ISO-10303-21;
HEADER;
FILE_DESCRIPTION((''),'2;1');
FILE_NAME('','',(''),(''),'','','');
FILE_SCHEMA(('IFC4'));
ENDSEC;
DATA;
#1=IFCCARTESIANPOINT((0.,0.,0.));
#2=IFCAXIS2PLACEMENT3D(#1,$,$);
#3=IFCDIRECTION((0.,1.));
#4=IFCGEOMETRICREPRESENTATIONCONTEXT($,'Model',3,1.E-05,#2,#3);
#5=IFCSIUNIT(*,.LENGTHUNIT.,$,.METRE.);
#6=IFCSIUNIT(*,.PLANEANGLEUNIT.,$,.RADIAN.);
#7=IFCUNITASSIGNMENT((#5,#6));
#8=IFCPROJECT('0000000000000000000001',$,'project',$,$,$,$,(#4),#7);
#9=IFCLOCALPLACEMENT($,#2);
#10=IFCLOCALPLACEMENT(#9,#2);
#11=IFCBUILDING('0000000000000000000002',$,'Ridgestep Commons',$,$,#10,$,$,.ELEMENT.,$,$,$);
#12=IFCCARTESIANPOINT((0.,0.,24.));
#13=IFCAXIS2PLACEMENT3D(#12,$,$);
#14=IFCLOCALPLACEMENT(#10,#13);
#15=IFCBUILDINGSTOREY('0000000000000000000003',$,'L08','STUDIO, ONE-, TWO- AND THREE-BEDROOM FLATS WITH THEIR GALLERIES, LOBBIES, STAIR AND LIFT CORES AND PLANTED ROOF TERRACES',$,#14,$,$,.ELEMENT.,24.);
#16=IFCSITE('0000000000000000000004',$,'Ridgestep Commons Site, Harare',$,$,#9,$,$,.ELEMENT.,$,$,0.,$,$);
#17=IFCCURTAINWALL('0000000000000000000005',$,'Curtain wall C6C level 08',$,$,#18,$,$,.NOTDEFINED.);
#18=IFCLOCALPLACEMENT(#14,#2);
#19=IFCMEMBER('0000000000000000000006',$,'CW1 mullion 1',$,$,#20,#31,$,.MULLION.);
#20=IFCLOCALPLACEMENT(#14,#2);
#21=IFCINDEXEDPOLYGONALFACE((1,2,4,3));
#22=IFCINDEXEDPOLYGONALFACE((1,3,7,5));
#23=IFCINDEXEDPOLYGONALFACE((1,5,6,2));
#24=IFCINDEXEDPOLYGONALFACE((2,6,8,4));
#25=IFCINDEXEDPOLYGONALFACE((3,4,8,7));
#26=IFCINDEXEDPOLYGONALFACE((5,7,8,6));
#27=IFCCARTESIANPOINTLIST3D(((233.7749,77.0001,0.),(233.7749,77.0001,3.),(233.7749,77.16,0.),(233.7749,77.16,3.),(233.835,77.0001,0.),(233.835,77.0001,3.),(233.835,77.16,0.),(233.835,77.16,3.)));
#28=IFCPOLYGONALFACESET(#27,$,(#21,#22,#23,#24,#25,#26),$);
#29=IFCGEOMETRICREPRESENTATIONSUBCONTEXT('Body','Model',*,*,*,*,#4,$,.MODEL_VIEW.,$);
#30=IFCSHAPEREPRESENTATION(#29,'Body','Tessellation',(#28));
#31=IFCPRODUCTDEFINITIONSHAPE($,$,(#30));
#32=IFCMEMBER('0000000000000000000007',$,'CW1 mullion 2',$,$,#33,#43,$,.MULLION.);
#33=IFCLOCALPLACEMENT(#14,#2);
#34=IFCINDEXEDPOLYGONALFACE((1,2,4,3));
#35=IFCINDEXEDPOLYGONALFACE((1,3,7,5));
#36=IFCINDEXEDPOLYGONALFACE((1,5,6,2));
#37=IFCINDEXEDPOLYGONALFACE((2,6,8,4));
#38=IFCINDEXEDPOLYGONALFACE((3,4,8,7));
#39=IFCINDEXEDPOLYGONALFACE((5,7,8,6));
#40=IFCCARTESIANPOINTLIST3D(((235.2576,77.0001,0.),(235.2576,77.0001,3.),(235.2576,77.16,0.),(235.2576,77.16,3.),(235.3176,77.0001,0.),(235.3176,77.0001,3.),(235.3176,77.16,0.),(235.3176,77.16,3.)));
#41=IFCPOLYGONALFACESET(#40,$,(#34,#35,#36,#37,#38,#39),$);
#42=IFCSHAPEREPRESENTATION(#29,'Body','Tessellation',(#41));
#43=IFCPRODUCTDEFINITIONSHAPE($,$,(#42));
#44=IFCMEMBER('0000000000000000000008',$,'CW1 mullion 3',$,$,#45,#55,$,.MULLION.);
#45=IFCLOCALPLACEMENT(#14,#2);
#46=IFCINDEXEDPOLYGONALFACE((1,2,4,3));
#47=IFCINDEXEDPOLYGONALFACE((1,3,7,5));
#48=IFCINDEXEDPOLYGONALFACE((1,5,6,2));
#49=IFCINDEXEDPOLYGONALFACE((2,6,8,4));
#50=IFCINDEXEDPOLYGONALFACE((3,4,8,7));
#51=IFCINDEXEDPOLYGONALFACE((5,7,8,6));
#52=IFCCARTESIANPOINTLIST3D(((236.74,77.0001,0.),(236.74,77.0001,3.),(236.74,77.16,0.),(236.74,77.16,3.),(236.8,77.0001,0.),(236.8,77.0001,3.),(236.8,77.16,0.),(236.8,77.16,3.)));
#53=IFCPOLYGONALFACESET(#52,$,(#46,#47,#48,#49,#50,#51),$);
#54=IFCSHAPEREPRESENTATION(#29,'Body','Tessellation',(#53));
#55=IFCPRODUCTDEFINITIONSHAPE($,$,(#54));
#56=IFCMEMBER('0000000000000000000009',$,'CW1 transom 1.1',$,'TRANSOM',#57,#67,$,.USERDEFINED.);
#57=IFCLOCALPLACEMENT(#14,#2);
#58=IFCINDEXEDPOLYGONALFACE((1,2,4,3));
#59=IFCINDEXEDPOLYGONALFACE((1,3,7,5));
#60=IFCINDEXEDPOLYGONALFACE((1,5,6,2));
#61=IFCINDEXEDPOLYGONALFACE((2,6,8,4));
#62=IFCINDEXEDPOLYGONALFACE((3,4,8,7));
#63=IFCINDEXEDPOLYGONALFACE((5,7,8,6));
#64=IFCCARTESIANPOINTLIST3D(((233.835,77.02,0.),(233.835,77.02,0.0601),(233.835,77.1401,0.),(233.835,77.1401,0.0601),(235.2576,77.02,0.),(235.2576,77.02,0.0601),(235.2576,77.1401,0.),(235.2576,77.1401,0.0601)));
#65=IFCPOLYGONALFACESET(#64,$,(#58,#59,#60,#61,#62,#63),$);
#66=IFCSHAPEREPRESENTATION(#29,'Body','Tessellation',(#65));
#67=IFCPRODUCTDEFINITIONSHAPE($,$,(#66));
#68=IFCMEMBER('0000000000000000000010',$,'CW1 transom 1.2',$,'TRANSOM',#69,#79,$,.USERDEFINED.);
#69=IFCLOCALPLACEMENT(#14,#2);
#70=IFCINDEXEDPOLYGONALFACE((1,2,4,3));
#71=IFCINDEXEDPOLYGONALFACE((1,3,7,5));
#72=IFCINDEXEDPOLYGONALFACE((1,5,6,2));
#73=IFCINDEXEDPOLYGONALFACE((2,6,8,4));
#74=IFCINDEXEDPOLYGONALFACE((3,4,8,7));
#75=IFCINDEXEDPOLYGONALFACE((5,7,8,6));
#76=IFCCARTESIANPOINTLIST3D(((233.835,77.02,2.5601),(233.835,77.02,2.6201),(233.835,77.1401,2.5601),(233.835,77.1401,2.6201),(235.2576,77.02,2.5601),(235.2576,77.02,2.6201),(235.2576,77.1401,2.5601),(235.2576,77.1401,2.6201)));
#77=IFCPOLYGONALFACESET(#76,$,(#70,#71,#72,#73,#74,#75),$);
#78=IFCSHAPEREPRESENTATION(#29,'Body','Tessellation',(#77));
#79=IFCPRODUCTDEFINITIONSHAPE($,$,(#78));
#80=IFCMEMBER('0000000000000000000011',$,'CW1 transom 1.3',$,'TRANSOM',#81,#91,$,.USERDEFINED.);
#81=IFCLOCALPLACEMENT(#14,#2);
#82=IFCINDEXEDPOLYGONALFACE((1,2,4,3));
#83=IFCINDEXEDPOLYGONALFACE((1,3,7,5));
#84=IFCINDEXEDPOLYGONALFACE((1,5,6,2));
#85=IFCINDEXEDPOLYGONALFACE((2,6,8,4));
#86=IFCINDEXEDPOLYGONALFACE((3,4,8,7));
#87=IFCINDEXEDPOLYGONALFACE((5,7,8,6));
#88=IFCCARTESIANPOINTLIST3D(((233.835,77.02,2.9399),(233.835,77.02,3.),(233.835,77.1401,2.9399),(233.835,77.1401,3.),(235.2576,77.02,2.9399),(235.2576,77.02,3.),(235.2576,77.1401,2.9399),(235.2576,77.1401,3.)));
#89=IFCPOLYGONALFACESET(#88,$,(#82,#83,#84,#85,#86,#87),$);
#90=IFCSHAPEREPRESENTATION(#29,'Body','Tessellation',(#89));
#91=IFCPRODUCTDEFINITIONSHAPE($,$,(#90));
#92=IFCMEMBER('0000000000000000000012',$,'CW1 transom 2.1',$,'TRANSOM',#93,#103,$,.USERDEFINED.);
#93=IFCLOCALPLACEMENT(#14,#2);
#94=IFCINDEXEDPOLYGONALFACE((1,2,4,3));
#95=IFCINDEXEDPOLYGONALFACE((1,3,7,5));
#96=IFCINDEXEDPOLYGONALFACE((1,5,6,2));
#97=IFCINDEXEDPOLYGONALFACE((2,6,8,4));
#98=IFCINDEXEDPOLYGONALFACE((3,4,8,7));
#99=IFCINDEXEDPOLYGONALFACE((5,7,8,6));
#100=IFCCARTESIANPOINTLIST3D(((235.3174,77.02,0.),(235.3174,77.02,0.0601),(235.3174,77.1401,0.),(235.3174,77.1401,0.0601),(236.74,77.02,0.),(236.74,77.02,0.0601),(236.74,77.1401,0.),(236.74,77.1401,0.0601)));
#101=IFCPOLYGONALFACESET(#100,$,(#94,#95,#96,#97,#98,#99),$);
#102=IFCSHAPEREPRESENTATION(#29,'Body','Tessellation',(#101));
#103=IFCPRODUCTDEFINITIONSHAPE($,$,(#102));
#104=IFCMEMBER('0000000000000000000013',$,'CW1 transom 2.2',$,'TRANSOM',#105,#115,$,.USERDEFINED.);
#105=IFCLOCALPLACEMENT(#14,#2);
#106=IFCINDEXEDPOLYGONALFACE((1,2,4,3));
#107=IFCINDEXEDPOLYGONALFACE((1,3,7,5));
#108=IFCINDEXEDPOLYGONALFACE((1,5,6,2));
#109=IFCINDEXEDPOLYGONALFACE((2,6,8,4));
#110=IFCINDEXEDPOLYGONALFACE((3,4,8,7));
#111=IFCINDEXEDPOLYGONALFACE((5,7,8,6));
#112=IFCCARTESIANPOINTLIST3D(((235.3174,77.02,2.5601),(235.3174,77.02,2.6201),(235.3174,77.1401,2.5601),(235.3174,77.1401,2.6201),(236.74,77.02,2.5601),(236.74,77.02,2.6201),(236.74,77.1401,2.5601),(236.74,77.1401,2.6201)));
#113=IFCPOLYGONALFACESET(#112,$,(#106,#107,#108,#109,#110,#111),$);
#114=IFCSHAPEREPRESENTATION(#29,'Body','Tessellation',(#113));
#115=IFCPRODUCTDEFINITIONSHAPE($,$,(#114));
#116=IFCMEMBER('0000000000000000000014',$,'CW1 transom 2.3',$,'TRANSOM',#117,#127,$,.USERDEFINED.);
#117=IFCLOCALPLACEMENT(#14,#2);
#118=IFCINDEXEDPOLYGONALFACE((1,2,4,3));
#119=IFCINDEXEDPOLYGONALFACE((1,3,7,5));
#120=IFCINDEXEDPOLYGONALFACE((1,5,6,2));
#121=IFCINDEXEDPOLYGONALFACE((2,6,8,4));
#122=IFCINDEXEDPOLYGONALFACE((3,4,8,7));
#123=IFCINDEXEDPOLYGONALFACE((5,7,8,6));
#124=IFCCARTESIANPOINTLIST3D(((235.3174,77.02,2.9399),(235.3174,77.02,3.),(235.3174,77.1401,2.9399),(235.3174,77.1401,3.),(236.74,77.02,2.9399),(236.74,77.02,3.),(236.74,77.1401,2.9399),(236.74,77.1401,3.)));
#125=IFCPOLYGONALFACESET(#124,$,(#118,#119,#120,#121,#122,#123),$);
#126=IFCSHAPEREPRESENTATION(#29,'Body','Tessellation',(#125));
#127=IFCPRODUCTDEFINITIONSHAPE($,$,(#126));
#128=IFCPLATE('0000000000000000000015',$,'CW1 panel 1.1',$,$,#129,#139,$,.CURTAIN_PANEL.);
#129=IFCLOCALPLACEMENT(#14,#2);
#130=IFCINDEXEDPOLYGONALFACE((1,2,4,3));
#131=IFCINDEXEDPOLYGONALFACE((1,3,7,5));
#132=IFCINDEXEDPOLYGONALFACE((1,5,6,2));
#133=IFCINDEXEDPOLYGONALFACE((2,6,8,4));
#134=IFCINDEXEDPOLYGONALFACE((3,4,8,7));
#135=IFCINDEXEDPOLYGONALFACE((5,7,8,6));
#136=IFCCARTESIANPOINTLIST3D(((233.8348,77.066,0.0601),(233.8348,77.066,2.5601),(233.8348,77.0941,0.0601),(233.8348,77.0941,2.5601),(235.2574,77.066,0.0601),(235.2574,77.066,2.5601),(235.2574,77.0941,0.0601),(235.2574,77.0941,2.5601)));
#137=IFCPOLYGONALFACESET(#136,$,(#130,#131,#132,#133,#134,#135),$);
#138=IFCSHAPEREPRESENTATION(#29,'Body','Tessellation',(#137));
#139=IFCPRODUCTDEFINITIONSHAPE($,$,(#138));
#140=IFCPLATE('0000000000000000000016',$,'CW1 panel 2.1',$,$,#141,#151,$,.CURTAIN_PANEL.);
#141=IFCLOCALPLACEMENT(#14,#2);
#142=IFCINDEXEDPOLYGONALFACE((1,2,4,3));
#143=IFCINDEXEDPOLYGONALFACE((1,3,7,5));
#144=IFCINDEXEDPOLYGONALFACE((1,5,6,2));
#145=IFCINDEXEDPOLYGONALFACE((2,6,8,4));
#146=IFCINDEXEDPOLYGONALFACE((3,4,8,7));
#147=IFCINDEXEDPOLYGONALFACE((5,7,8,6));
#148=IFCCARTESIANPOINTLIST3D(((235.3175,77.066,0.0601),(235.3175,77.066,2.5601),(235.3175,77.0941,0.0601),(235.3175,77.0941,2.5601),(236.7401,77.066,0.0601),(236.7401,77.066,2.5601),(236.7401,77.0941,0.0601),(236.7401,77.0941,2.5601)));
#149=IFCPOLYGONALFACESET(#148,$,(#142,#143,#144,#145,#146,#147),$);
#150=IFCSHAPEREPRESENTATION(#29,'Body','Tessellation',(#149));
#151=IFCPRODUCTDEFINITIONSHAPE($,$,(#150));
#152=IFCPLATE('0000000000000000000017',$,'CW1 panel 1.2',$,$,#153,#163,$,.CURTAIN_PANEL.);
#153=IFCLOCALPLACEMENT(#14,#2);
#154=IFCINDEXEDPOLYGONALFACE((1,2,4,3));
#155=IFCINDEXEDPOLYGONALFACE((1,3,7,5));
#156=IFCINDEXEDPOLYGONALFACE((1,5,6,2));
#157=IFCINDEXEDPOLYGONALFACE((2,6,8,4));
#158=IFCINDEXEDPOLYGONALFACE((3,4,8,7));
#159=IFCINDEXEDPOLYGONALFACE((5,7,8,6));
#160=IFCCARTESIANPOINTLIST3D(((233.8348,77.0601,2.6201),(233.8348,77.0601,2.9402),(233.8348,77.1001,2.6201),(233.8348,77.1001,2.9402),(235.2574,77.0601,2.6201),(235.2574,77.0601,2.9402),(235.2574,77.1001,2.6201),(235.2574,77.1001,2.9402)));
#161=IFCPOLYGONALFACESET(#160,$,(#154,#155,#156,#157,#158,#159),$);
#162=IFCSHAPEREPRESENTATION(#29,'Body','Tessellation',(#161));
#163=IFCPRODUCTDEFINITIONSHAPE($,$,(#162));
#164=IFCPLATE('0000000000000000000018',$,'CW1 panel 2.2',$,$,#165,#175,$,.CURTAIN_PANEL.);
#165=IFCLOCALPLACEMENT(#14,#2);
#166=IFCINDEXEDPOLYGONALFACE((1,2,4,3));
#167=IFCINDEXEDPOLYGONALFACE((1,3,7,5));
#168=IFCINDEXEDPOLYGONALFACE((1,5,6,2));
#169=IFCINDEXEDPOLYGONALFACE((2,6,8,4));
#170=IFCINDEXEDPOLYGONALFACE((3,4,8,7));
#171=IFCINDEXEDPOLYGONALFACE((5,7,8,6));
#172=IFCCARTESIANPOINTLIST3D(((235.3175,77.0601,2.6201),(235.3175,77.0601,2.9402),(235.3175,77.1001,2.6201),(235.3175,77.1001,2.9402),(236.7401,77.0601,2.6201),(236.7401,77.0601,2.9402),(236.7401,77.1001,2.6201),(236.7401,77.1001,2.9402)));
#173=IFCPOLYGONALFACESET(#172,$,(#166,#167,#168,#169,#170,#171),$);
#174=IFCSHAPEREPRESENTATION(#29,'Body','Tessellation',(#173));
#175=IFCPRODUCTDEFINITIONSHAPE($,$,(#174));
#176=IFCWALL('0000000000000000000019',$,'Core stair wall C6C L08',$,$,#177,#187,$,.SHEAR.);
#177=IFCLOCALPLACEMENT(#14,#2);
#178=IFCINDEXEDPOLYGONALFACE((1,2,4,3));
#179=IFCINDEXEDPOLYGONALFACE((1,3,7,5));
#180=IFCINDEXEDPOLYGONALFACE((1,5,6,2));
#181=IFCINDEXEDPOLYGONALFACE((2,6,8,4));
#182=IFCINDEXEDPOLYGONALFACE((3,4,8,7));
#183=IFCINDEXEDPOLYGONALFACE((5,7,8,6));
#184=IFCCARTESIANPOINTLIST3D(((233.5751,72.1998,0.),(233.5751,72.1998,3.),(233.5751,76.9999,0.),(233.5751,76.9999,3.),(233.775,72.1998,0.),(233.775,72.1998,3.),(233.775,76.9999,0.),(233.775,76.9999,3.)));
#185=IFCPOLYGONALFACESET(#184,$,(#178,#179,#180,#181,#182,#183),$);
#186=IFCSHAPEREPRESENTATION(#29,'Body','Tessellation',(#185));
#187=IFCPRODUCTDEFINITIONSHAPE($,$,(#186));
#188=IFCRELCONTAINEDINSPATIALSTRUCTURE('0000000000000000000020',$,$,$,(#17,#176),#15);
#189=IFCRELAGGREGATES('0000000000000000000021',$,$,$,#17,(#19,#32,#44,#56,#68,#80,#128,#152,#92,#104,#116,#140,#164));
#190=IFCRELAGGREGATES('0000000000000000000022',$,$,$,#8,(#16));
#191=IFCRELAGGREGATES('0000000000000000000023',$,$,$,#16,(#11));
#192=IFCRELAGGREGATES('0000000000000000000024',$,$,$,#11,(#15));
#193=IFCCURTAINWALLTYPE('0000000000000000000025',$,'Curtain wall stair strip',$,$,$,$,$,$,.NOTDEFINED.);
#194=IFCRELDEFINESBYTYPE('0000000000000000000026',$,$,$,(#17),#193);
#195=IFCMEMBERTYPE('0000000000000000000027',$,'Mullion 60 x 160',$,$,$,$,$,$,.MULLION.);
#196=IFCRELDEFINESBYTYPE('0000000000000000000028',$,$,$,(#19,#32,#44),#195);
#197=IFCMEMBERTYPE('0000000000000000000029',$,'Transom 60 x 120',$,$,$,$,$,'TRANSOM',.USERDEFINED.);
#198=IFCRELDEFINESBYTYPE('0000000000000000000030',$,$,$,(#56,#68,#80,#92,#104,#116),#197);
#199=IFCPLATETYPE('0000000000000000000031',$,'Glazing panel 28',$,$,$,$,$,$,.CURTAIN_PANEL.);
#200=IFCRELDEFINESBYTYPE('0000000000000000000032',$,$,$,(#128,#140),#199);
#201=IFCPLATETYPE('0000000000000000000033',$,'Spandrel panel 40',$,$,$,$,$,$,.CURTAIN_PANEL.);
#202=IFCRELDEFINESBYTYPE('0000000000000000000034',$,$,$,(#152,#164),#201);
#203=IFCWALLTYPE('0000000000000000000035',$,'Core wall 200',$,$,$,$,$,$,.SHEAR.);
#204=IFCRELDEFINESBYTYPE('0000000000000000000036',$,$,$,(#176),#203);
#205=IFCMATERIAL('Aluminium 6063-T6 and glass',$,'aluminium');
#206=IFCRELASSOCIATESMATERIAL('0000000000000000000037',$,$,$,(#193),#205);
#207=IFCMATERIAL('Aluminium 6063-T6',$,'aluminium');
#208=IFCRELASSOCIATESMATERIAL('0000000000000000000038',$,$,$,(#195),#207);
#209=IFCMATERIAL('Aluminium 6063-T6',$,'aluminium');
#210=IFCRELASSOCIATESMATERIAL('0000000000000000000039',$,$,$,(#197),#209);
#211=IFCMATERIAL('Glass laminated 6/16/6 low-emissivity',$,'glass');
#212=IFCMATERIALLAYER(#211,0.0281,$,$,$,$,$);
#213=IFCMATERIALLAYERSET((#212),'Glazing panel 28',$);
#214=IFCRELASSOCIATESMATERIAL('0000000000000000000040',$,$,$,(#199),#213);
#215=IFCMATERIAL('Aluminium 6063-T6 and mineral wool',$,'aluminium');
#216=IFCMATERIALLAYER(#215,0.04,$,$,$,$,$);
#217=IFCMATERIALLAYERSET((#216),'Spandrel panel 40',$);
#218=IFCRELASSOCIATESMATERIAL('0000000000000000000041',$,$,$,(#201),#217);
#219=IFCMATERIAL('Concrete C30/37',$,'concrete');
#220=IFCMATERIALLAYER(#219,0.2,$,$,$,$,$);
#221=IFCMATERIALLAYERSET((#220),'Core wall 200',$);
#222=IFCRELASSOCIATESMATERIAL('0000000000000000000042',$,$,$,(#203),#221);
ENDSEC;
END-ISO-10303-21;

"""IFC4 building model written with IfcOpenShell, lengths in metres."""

from ifc_helpers import new_model, si_unit, direction, frame, frame_2d, origin, origin_2d, place, context, subcontext, project, spatial, rectangle, extrude, material, layer, layer_set, material_profile, profile_set, type_object, element, aggregate, save


model = new_model("IFC4")

# Units and contexts
model_context = context("Model", 3, precision=1e-05, world=origin(), true_north=direction((0.0, 1.0)))
body_context = subcontext(model_context, "Body", "Model", "MODEL_VIEW")
ifc_project = project(units=[si_unit("LENGTHUNIT", "METRE"), si_unit("PLANEANGLEUNIT", "RADIAN")], contexts=[model_context])

# Site, building, storey
site_placement = place(None, origin())
site = spatial("IfcSite", under=ifc_project, at=site_placement, Name="Ridgestep Commons Site, Harare", CompositionType="ELEMENT", RefElevation=0.0)
building_placement = place(site_placement, origin())
building = spatial("IfcBuilding", under=site, at=building_placement, Name="Ridgestep Commons", CompositionType="ELEMENT")
storey_placement = place(building_placement, frame((0.0, 0.0, 24.0)))
storey = spatial("IfcBuildingStorey", under=building, at=storey_placement, Name="L08", Description="STUDIO, ONE-, TWO- AND THREE-BEDROOM FLATS WITH THEIR GALLERIES, LOBBIES, STAIR AND LIFT CORES AND PLANTED ROOF TERRACES", CompositionType="ELEMENT", Elevation=24.0)

# Curtain wall, members, plates
ifc_material_1 = material(Name="Aluminium 6063-T6 and glass", Category="aluminium")
curtain_wall_type = type_object("IfcCurtainWallType", Name="Curtain wall stair strip", PredefinedType="NOTDEFINED", material=ifc_material_1)
curtain_wall_placement = place(storey_placement, origin())
curtain_wall = element("IfcCurtainWall", 1, at=curtain_wall_placement, inside=storey, type_object=curtain_wall_type, Name="Curtain wall C6C level 08", PredefinedType="NOTDEFINED")
ifc_material_2 = material(Name="Aluminium 6063-T6", Category="aluminium")
ifc_material_profile_1 = material_profile(ifc_material_2, rectangle(XDim=0.1599, YDim=0.0601, at=origin_2d()), Name="Mullion 60 x 160")
ifc_profile_set_1 = profile_set([ifc_material_profile_1], Name="Aluminium 6063-T6")
member_type_1 = type_object("IfcMemberType", Name="Mullion 60 x 160", PredefinedType="MULLION", material=ifc_profile_set_1)
member_1_placement = place(storey_placement, frame((233.8049, 77.0801, 0.0), z_axis=(0.0, 0.0, 1.0), x_axis=(0.0, 1.0, 0.0)))
member_1 = element("IfcMember", 2, at=member_1_placement, type_object=member_type_1, Name="CW1 mullion 1", PredefinedType="MULLION", context=body_context, shape_type="SweptSolid", body=[
    extrude(rectangle(XDim=0.1599, YDim=0.0601, at=origin_2d()), origin(), (0.0, 0.0, 1.0), 3.0),
])
member_2_placement = place(storey_placement, frame((235.2876, 77.0801, 0.0), z_axis=(0.0, 0.0, 1.0), x_axis=(0.0, 1.0, 0.0)))
member_2 = element("IfcMember", 3, at=member_2_placement, type_object=member_type_1, Name="CW1 mullion 2", PredefinedType="MULLION", context=body_context, shape_type="SweptSolid", body=[
    extrude(rectangle(XDim=0.1599, YDim=0.0601, at=origin_2d()), origin(), (0.0, 0.0, 1.0), 3.0),
])
member_3_placement = place(storey_placement, frame((236.77, 77.0801, 0.0), z_axis=(0.0, 0.0, 1.0), x_axis=(0.0, 1.0, 0.0)))
member_3 = element("IfcMember", 4, at=member_3_placement, type_object=member_type_1, Name="CW1 mullion 3", PredefinedType="MULLION", context=body_context, shape_type="SweptSolid", body=[
    extrude(rectangle(XDim=0.1599, YDim=0.0601, at=origin_2d()), origin(), (0.0, 0.0, 1.0), 3.0),
])
ifc_material_3 = material(Name="Aluminium 6063-T6", Category="aluminium")
ifc_material_profile_2 = material_profile(ifc_material_3, rectangle(XDim=0.1201, YDim=0.0601, at=origin_2d()), Name="Transom 60 x 120")
ifc_profile_set_2 = profile_set([ifc_material_profile_2], Name="Aluminium 6063-T6")
member_type_2 = type_object("IfcMemberType", Name="Transom 60 x 120", ElementType="TRANSOM", PredefinedType="USERDEFINED", material=ifc_profile_set_2)
member_4_placement = place(storey_placement, frame((233.835, 77.0801, 0.03), z_axis=(1.0, 0.0, 0.0), x_axis=(0.0, 1.0, 0.0)))
member_4 = element("IfcMember", 5, at=member_4_placement, type_object=member_type_2, Name="CW1 transom 1.1", ObjectType="TRANSOM", PredefinedType="USERDEFINED", context=body_context, shape_type="SweptSolid", body=[
    extrude(rectangle(XDim=0.1201, YDim=0.0601, at=origin_2d()), origin(), (0.0, 0.0, 1.0), 1.4226),
])
member_5_placement = place(storey_placement, frame((233.835, 77.0801, 2.5901), z_axis=(1.0, 0.0, 0.0), x_axis=(0.0, 1.0, 0.0)))
member_5 = element("IfcMember", 6, at=member_5_placement, type_object=member_type_2, Name="CW1 transom 1.2", ObjectType="TRANSOM", PredefinedType="USERDEFINED", context=body_context, shape_type="SweptSolid", body=[
    extrude(rectangle(XDim=0.1201, YDim=0.0601, at=origin_2d()), origin(), (0.0, 0.0, 1.0), 1.4226),
])
member_6_placement = place(storey_placement, frame((233.835, 77.0801, 2.97), z_axis=(1.0, 0.0, 0.0), x_axis=(0.0, 1.0, 0.0)))
member_6 = element("IfcMember", 7, at=member_6_placement, type_object=member_type_2, Name="CW1 transom 1.3", ObjectType="TRANSOM", PredefinedType="USERDEFINED", context=body_context, shape_type="SweptSolid", body=[
    extrude(rectangle(XDim=0.1201, YDim=0.0601, at=origin_2d()), origin(), (0.0, 0.0, 1.0), 1.4226),
])
member_7_placement = place(storey_placement, frame((235.3174, 77.0801, 0.03), z_axis=(1.0, 0.0, 0.0), x_axis=(0.0, 1.0, 0.0)))
member_7 = element("IfcMember", 8, at=member_7_placement, type_object=member_type_2, Name="CW1 transom 2.1", ObjectType="TRANSOM", PredefinedType="USERDEFINED", context=body_context, shape_type="SweptSolid", body=[
    extrude(rectangle(XDim=0.1201, YDim=0.0601, at=origin_2d()), origin(), (0.0, 0.0, 1.0), 1.4226),
])
member_8_placement = place(storey_placement, frame((235.3174, 77.0801, 2.5901), z_axis=(1.0, 0.0, 0.0), x_axis=(0.0, 1.0, 0.0)))
member_8 = element("IfcMember", 9, at=member_8_placement, type_object=member_type_2, Name="CW1 transom 2.2", ObjectType="TRANSOM", PredefinedType="USERDEFINED", context=body_context, shape_type="SweptSolid", body=[
    extrude(rectangle(XDim=0.1201, YDim=0.0601, at=origin_2d()), origin(), (0.0, 0.0, 1.0), 1.4226),
])
member_9_placement = place(storey_placement, frame((235.3174, 77.0801, 2.97), z_axis=(1.0, 0.0, 0.0), x_axis=(0.0, 1.0, 0.0)))
member_9 = element("IfcMember", 10, at=member_9_placement, type_object=member_type_2, Name="CW1 transom 2.3", ObjectType="TRANSOM", PredefinedType="USERDEFINED", context=body_context, shape_type="SweptSolid", body=[
    extrude(rectangle(XDim=0.1201, YDim=0.0601, at=origin_2d()), origin(), (0.0, 0.0, 1.0), 1.4226),
])
ifc_material_4 = material(Name="Glass laminated 6/16/6 low-emissivity", Category="glass")
ifc_layer_1 = layer(ifc_material_4, 0.0281)
ifc_layer_set_1 = layer_set([ifc_layer_1], Name="Glazing panel 28")
plate_type_1 = type_object("IfcPlateType", Name="Glazing panel 28", PredefinedType="CURTAIN_PANEL", material=ifc_layer_set_1)
plate_1_placement = place(storey_placement, frame((234.5461, 77.0801, 0.0601), z_axis=(0.0, 0.0, 1.0), x_axis=(1.0, 0.0, 0.0)))
plate_1 = element("IfcPlate", 11, at=plate_1_placement, type_object=plate_type_1, Name="CW1 panel 1.1", PredefinedType="CURTAIN_PANEL", context=body_context, shape_type="SweptSolid", body=[
    extrude(rectangle(XDim=1.4226, YDim=0.0281, at=origin_2d()), origin(), (0.0, 0.0, 1.0), 2.5),
])
plate_2_placement = place(storey_placement, frame((236.0288, 77.0801, 0.0601), z_axis=(0.0, 0.0, 1.0), x_axis=(1.0, 0.0, 0.0)))
plate_2 = element("IfcPlate", 12, at=plate_2_placement, type_object=plate_type_1, Name="CW1 panel 2.1", PredefinedType="CURTAIN_PANEL", context=body_context, shape_type="SweptSolid", body=[
    extrude(rectangle(XDim=1.4226, YDim=0.0281, at=origin_2d()), origin(), (0.0, 0.0, 1.0), 2.5),
])
ifc_material_5 = material(Name="Aluminium 6063-T6 and mineral wool", Category="aluminium")
ifc_layer_2 = layer(ifc_material_5, 0.04)
ifc_layer_set_2 = layer_set([ifc_layer_2], Name="Spandrel panel 40")
plate_type_2 = type_object("IfcPlateType", Name="Spandrel panel 40", PredefinedType="CURTAIN_PANEL", material=ifc_layer_set_2)
plate_3_placement = place(storey_placement, frame((234.5461, 77.0801, 2.6201), z_axis=(0.0, 0.0, 1.0), x_axis=(1.0, 0.0, 0.0)))
plate_3 = element("IfcPlate", 13, at=plate_3_placement, type_object=plate_type_2, Name="CW1 panel 1.2", PredefinedType="CURTAIN_PANEL", context=body_context, shape_type="SweptSolid", body=[
    extrude(rectangle(XDim=1.4226, YDim=0.04, at=origin_2d()), origin(), (0.0, 0.0, 1.0), 0.3201),
])
plate_4_placement = place(storey_placement, frame((236.0288, 77.0801, 2.6201), z_axis=(0.0, 0.0, 1.0), x_axis=(1.0, 0.0, 0.0)))
plate_4 = element("IfcPlate", 14, at=plate_4_placement, type_object=plate_type_2, Name="CW1 panel 2.2", PredefinedType="CURTAIN_PANEL", context=body_context, shape_type="SweptSolid", body=[
    extrude(rectangle(XDim=1.4226, YDim=0.04, at=origin_2d()), origin(), (0.0, 0.0, 1.0), 0.3201),
])
aggregate(curtain_wall, [member_1, member_2, member_3, member_4, member_5, member_6, plate_1, plate_3, member_7, member_8, member_9, plate_2, plate_4])

# Wall
ifc_material_6 = material(Name="Concrete C30/37", Category="concrete")
ifc_layer_3 = layer(ifc_material_6, 0.2)
ifc_layer_set_3 = layer_set([ifc_layer_3], Name="Core wall 200")
wall_type_1 = type_object("IfcWallType", Name="Core wall 200", PredefinedType="SHEAR", material=ifc_layer_set_3)
wall_1_placement = place(storey_placement, frame((233.675, 72.2, 0.0), z_axis=(0.0, 0.0, 1.0), x_axis=(0.0, 1.0, 0.0)))
element("IfcWall", 15, at=wall_1_placement, inside=storey, type_object=wall_type_1, Name="Core stair wall C6C L08", PredefinedType="SHEAR", context=body_context, shape_type="SweptSolid", body=[
    extrude(rectangle(XDim=4.8, YDim=0.2, at=frame_2d((2.3999, 0.0))), origin(), (0.0, 0.0, 1.0), 3.0),
])

save(model, "model.ifc")
